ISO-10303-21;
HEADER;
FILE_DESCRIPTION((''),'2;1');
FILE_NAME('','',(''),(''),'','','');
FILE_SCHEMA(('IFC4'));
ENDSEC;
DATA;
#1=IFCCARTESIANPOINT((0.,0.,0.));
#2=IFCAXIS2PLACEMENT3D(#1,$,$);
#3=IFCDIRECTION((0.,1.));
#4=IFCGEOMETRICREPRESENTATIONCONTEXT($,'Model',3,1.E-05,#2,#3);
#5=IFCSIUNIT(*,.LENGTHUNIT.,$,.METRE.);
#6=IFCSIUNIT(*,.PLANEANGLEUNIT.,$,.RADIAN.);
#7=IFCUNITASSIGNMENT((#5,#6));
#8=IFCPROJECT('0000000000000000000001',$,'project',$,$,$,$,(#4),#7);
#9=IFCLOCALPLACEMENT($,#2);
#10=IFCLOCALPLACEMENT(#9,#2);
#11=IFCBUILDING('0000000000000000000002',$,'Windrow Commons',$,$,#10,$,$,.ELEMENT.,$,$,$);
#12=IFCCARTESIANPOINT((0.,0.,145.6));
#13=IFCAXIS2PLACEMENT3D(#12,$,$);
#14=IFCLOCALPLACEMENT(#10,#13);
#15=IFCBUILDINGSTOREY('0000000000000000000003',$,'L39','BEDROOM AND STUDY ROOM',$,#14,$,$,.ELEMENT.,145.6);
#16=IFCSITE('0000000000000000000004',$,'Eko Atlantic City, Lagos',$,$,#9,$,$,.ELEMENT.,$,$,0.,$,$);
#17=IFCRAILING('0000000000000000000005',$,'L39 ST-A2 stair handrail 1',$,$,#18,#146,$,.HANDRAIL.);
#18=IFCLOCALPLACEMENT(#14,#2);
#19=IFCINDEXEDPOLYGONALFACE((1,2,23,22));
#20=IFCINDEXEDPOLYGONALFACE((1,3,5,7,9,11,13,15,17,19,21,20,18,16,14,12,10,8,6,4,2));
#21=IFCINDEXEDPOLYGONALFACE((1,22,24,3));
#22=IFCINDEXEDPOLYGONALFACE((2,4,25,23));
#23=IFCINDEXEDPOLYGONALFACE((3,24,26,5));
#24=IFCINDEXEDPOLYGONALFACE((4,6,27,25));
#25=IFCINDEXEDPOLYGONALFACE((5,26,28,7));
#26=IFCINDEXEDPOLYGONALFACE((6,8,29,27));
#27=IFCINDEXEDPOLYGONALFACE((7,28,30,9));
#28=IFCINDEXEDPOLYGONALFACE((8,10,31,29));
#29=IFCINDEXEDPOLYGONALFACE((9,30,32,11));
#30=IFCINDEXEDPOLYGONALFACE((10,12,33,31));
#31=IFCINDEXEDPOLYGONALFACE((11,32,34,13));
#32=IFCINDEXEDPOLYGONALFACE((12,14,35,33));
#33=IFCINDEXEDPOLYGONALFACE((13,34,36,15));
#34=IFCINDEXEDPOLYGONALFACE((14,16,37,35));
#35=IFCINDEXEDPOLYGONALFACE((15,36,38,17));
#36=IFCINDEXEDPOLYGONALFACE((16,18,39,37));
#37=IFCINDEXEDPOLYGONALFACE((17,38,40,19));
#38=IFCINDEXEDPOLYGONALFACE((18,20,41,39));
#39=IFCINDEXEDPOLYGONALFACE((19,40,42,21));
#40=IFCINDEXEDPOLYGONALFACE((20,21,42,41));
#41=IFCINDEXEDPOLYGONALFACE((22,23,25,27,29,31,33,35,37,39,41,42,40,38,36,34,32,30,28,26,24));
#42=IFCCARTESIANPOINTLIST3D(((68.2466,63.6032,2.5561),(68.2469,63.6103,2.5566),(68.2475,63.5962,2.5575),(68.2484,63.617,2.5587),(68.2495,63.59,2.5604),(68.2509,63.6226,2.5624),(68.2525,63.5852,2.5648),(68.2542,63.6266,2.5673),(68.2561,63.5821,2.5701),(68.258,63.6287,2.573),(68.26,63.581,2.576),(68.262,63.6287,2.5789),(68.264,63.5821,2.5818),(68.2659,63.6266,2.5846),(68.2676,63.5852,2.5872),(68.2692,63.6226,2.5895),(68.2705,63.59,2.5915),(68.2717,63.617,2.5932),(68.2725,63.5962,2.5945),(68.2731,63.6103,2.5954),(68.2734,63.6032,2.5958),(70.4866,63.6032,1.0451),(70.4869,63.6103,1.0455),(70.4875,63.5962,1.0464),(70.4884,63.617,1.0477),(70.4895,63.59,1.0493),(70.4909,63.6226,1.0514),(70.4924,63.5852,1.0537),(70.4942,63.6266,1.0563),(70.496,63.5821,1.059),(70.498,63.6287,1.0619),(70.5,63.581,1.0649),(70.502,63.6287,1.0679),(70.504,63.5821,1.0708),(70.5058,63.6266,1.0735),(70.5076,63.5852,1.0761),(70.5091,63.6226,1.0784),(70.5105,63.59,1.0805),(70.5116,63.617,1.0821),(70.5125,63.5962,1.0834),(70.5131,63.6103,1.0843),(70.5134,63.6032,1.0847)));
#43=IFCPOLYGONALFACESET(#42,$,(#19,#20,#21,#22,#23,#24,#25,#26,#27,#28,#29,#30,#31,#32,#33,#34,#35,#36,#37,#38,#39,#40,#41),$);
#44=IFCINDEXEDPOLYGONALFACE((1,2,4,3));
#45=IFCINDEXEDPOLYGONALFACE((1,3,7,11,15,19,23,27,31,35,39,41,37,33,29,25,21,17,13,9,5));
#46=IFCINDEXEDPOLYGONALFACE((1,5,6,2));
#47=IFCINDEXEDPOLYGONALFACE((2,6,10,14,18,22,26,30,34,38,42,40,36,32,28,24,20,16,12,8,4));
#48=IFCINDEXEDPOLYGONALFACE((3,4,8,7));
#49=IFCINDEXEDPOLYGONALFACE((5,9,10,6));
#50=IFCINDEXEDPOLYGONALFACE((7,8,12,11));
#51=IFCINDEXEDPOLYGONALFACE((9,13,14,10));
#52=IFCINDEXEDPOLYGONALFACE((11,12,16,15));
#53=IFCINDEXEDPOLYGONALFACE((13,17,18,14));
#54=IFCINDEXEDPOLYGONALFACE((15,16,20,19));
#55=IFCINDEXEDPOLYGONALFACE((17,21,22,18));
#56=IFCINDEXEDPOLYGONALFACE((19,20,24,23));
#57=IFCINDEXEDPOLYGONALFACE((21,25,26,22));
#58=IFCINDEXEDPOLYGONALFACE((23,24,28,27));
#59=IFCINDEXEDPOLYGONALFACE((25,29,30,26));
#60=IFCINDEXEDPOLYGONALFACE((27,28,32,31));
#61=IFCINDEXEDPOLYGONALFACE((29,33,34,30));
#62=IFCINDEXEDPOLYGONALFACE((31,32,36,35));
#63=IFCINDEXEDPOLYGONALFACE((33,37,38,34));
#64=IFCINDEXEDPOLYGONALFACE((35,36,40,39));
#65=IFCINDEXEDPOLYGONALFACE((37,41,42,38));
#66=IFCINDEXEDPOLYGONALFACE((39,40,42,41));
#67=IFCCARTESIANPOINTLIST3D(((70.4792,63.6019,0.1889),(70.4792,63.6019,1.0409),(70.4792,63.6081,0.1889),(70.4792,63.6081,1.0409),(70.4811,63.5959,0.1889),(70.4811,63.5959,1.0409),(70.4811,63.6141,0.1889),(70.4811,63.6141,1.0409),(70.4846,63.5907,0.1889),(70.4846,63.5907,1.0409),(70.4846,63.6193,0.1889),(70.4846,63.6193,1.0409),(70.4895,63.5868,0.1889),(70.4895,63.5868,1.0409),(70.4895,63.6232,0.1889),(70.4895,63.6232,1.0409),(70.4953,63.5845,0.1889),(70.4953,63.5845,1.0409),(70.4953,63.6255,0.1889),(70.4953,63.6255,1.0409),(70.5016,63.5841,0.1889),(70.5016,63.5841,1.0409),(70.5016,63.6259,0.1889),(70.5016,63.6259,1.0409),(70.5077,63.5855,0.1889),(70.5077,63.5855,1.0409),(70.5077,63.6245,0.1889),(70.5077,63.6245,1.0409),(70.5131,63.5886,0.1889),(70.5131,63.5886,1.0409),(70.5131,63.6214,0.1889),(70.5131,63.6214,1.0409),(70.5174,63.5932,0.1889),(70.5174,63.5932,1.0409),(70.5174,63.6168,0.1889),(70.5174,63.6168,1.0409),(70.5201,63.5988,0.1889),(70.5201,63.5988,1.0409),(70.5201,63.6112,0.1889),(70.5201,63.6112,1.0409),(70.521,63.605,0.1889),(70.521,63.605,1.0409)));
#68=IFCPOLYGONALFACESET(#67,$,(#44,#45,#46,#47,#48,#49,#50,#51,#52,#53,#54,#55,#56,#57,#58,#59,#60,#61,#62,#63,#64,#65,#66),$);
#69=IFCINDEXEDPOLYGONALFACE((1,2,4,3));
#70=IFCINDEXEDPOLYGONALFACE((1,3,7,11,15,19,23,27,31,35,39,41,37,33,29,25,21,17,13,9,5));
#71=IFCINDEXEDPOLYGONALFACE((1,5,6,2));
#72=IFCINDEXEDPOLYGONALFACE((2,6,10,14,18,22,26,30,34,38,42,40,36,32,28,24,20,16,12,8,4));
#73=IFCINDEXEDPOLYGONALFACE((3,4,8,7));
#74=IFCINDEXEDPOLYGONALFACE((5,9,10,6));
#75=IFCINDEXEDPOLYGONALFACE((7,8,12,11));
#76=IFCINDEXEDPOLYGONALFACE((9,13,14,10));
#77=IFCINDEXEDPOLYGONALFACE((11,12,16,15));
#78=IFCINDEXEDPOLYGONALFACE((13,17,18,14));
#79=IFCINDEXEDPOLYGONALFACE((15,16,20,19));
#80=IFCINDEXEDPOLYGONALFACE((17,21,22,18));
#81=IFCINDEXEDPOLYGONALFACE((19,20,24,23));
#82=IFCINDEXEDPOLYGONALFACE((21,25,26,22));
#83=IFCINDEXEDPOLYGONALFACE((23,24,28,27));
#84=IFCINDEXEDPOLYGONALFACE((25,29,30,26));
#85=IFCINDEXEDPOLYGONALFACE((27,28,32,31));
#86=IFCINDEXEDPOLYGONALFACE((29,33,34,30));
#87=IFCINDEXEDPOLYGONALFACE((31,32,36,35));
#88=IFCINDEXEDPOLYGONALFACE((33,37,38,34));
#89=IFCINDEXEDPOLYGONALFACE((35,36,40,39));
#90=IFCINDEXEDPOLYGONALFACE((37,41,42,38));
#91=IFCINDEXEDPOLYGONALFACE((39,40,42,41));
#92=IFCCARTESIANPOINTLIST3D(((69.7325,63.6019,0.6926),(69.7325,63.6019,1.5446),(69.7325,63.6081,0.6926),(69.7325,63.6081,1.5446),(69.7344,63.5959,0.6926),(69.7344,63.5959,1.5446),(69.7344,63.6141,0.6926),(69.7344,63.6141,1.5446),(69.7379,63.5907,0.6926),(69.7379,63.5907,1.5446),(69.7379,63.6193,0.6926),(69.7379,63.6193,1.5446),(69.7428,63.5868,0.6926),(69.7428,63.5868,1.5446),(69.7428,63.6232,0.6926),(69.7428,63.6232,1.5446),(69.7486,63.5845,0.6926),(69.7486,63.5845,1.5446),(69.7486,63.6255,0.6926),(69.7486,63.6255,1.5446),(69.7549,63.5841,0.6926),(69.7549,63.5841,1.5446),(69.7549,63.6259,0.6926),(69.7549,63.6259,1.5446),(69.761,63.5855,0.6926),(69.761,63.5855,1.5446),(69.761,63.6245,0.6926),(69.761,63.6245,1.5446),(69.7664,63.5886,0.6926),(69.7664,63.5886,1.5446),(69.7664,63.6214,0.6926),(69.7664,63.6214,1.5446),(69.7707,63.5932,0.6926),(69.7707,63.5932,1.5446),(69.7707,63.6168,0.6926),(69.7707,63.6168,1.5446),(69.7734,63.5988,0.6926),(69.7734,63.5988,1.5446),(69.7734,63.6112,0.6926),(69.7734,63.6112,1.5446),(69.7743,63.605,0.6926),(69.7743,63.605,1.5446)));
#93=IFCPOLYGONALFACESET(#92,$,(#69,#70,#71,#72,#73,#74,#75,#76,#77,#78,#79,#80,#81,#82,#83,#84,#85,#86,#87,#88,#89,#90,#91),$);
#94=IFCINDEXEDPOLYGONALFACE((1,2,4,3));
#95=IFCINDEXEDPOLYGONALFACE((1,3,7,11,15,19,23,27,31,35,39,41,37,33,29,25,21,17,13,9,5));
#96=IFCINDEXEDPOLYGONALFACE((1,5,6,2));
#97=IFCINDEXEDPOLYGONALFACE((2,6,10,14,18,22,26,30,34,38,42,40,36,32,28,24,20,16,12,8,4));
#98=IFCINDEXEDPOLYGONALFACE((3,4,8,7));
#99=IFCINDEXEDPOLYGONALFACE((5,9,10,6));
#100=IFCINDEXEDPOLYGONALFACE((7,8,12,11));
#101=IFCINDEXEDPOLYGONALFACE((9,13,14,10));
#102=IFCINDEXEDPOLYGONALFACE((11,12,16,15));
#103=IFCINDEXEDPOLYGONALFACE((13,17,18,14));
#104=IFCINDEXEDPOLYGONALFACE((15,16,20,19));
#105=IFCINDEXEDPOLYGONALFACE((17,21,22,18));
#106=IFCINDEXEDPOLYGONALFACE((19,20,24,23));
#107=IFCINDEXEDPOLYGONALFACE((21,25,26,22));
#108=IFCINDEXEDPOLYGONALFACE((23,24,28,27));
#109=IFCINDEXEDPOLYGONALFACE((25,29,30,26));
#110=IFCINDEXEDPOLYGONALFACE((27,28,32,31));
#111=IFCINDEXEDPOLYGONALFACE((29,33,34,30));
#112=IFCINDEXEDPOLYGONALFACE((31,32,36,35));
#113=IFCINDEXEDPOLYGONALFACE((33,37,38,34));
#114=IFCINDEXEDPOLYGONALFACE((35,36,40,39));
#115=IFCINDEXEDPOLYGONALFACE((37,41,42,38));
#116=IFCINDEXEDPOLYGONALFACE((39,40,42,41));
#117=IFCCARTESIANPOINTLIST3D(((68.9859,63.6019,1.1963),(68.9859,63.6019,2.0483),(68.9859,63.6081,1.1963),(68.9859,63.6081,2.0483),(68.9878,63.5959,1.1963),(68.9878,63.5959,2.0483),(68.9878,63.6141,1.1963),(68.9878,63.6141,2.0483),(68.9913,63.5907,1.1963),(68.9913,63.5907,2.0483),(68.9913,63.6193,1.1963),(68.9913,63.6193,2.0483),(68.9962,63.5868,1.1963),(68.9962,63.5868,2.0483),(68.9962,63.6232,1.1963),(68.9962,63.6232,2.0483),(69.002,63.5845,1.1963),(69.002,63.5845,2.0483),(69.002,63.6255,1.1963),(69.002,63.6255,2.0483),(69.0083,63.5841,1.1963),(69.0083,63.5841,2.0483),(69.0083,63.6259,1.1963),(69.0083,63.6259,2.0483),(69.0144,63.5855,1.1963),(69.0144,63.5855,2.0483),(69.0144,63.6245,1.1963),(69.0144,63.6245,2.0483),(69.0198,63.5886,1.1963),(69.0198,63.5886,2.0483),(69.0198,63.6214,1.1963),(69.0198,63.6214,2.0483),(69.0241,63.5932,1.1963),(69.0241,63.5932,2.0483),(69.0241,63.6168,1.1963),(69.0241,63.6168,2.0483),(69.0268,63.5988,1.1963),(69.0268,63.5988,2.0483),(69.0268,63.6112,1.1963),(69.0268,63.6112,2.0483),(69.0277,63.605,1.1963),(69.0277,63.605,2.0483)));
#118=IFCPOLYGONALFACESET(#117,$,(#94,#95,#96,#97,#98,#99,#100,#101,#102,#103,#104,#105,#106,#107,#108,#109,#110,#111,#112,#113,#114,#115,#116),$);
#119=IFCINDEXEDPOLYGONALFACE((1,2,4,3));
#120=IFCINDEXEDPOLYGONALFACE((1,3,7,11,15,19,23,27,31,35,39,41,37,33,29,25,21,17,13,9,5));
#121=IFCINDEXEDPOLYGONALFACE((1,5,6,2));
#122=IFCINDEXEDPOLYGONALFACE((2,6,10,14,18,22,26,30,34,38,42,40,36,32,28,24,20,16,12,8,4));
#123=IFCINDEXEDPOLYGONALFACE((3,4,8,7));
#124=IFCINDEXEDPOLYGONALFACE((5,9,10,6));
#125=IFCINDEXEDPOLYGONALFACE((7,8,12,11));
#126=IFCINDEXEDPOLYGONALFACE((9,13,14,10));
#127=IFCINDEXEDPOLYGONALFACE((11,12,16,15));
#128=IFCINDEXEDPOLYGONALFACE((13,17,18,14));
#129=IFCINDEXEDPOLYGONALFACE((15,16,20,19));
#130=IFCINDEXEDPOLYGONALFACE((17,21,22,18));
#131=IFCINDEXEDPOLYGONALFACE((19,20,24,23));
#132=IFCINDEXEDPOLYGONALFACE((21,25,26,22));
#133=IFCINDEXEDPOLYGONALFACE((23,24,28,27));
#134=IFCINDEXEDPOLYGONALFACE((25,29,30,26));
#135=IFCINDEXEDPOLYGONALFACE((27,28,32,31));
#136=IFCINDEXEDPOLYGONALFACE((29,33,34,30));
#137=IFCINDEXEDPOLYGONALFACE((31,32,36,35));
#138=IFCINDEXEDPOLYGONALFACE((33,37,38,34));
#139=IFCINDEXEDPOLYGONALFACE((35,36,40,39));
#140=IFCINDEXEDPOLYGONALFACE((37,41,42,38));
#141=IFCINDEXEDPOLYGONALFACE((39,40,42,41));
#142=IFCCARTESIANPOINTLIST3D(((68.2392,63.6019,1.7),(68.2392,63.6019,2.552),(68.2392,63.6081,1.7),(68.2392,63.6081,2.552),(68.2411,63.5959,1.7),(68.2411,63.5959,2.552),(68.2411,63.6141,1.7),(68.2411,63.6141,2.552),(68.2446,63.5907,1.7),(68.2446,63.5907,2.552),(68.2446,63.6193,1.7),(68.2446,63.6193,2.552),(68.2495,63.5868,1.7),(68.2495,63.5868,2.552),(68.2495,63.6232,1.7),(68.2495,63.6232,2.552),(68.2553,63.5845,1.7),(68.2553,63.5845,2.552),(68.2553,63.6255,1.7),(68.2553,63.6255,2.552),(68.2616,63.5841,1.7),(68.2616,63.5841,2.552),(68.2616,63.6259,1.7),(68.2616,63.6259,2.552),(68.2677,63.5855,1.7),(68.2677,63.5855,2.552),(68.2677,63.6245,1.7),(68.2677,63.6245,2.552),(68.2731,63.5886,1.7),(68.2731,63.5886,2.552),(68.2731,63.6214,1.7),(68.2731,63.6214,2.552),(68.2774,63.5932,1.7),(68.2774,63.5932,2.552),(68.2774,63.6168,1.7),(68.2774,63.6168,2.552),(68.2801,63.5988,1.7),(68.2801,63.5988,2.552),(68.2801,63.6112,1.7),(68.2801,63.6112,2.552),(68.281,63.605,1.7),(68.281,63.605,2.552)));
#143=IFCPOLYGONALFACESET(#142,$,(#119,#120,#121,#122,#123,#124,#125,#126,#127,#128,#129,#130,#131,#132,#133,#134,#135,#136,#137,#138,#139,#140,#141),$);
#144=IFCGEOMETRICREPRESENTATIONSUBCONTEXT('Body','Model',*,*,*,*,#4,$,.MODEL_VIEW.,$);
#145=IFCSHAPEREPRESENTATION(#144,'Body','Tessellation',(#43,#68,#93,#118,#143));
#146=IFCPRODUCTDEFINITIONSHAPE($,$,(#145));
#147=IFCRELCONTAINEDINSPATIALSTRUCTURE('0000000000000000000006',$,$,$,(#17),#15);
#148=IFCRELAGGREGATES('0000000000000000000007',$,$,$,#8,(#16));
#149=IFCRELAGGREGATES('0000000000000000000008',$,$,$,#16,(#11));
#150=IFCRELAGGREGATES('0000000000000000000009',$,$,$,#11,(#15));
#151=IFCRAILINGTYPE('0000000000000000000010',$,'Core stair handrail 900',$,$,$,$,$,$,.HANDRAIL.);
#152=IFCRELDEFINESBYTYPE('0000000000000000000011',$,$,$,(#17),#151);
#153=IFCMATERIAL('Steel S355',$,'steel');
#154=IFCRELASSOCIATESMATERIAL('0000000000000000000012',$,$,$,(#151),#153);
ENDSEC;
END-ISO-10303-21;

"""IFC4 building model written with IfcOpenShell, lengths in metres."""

from ifc_helpers import new_model, si_unit, direction, frame, origin, origin_2d, place, context, subcontext, project, spatial, circle, extrude, material, type_object, element, save


model = new_model("IFC4")

# Units and contexts
model_context = context("Model", 3, precision=1e-05, world=origin(), true_north=direction((0.0, 1.0)))
body_context = subcontext(model_context, "Body", "Model", "MODEL_VIEW")
ifc_project = project(units=[si_unit("LENGTHUNIT", "METRE"), si_unit("PLANEANGLEUNIT", "RADIAN")], contexts=[model_context])

# Site, building, storey
site_placement = place(None, origin())
site = spatial("IfcSite", under=ifc_project, at=site_placement, Name="Eko Atlantic City, Lagos", CompositionType="ELEMENT", RefElevation=0.0)
building_placement = place(site_placement, origin())
building = spatial("IfcBuilding", under=site, at=building_placement, Name="Windrow Commons", CompositionType="ELEMENT")
storey_placement = place(building_placement, frame((0.0, 0.0, 145.6)))
storey = spatial("IfcBuildingStorey", under=building, at=storey_placement, Name="L39", Description="BEDROOM AND STUDY ROOM", CompositionType="ELEMENT", Elevation=145.6)

# Railing
ifc_material_1 = material(Name="Steel S355", Category="steel")
railing_type_1 = type_object("IfcRailingType", Name="Core stair handrail 900", PredefinedType="HANDRAIL", material=ifc_material_1)
railing_1_placement = place(storey_placement, frame((70.5, 63.605, 0.1889)))
element("IfcRailing", 1, at=railing_1_placement, inside=storey, type_object=railing_type_1, Name="L39 ST-A2 stair handrail 1", PredefinedType="HANDRAIL", context=body_context, shape_type="SweptSolid", body=[
    extrude(circle(Radius=0.024, at=origin_2d()), frame((0.0, 0.0, 0.876), z_axis=(-0.829003, 0.0, 0.559244), x_axis=(0.0, -1.0, 0.0)), (0.0, 0.0, 1.0), 2.702),
    extrude(circle(Radius=0.021, at=origin_2d()), origin(), (0.0, 0.0, 1.0), 0.852),
    extrude(circle(Radius=0.021, at=origin_2d()), frame((-0.7467, 0.0, 0.5037)), (0.0, 0.0, 1.0), 0.852),
    extrude(circle(Radius=0.021, at=origin_2d()), frame((-1.4933, 0.0, 1.0074)), (0.0, 0.0, 1.0), 0.852),
    extrude(circle(Radius=0.021, at=origin_2d()), frame((-2.24, 0.0, 1.5111)), (0.0, 0.0, 1.0), 0.852),
])

save(model, "model.ifc")
